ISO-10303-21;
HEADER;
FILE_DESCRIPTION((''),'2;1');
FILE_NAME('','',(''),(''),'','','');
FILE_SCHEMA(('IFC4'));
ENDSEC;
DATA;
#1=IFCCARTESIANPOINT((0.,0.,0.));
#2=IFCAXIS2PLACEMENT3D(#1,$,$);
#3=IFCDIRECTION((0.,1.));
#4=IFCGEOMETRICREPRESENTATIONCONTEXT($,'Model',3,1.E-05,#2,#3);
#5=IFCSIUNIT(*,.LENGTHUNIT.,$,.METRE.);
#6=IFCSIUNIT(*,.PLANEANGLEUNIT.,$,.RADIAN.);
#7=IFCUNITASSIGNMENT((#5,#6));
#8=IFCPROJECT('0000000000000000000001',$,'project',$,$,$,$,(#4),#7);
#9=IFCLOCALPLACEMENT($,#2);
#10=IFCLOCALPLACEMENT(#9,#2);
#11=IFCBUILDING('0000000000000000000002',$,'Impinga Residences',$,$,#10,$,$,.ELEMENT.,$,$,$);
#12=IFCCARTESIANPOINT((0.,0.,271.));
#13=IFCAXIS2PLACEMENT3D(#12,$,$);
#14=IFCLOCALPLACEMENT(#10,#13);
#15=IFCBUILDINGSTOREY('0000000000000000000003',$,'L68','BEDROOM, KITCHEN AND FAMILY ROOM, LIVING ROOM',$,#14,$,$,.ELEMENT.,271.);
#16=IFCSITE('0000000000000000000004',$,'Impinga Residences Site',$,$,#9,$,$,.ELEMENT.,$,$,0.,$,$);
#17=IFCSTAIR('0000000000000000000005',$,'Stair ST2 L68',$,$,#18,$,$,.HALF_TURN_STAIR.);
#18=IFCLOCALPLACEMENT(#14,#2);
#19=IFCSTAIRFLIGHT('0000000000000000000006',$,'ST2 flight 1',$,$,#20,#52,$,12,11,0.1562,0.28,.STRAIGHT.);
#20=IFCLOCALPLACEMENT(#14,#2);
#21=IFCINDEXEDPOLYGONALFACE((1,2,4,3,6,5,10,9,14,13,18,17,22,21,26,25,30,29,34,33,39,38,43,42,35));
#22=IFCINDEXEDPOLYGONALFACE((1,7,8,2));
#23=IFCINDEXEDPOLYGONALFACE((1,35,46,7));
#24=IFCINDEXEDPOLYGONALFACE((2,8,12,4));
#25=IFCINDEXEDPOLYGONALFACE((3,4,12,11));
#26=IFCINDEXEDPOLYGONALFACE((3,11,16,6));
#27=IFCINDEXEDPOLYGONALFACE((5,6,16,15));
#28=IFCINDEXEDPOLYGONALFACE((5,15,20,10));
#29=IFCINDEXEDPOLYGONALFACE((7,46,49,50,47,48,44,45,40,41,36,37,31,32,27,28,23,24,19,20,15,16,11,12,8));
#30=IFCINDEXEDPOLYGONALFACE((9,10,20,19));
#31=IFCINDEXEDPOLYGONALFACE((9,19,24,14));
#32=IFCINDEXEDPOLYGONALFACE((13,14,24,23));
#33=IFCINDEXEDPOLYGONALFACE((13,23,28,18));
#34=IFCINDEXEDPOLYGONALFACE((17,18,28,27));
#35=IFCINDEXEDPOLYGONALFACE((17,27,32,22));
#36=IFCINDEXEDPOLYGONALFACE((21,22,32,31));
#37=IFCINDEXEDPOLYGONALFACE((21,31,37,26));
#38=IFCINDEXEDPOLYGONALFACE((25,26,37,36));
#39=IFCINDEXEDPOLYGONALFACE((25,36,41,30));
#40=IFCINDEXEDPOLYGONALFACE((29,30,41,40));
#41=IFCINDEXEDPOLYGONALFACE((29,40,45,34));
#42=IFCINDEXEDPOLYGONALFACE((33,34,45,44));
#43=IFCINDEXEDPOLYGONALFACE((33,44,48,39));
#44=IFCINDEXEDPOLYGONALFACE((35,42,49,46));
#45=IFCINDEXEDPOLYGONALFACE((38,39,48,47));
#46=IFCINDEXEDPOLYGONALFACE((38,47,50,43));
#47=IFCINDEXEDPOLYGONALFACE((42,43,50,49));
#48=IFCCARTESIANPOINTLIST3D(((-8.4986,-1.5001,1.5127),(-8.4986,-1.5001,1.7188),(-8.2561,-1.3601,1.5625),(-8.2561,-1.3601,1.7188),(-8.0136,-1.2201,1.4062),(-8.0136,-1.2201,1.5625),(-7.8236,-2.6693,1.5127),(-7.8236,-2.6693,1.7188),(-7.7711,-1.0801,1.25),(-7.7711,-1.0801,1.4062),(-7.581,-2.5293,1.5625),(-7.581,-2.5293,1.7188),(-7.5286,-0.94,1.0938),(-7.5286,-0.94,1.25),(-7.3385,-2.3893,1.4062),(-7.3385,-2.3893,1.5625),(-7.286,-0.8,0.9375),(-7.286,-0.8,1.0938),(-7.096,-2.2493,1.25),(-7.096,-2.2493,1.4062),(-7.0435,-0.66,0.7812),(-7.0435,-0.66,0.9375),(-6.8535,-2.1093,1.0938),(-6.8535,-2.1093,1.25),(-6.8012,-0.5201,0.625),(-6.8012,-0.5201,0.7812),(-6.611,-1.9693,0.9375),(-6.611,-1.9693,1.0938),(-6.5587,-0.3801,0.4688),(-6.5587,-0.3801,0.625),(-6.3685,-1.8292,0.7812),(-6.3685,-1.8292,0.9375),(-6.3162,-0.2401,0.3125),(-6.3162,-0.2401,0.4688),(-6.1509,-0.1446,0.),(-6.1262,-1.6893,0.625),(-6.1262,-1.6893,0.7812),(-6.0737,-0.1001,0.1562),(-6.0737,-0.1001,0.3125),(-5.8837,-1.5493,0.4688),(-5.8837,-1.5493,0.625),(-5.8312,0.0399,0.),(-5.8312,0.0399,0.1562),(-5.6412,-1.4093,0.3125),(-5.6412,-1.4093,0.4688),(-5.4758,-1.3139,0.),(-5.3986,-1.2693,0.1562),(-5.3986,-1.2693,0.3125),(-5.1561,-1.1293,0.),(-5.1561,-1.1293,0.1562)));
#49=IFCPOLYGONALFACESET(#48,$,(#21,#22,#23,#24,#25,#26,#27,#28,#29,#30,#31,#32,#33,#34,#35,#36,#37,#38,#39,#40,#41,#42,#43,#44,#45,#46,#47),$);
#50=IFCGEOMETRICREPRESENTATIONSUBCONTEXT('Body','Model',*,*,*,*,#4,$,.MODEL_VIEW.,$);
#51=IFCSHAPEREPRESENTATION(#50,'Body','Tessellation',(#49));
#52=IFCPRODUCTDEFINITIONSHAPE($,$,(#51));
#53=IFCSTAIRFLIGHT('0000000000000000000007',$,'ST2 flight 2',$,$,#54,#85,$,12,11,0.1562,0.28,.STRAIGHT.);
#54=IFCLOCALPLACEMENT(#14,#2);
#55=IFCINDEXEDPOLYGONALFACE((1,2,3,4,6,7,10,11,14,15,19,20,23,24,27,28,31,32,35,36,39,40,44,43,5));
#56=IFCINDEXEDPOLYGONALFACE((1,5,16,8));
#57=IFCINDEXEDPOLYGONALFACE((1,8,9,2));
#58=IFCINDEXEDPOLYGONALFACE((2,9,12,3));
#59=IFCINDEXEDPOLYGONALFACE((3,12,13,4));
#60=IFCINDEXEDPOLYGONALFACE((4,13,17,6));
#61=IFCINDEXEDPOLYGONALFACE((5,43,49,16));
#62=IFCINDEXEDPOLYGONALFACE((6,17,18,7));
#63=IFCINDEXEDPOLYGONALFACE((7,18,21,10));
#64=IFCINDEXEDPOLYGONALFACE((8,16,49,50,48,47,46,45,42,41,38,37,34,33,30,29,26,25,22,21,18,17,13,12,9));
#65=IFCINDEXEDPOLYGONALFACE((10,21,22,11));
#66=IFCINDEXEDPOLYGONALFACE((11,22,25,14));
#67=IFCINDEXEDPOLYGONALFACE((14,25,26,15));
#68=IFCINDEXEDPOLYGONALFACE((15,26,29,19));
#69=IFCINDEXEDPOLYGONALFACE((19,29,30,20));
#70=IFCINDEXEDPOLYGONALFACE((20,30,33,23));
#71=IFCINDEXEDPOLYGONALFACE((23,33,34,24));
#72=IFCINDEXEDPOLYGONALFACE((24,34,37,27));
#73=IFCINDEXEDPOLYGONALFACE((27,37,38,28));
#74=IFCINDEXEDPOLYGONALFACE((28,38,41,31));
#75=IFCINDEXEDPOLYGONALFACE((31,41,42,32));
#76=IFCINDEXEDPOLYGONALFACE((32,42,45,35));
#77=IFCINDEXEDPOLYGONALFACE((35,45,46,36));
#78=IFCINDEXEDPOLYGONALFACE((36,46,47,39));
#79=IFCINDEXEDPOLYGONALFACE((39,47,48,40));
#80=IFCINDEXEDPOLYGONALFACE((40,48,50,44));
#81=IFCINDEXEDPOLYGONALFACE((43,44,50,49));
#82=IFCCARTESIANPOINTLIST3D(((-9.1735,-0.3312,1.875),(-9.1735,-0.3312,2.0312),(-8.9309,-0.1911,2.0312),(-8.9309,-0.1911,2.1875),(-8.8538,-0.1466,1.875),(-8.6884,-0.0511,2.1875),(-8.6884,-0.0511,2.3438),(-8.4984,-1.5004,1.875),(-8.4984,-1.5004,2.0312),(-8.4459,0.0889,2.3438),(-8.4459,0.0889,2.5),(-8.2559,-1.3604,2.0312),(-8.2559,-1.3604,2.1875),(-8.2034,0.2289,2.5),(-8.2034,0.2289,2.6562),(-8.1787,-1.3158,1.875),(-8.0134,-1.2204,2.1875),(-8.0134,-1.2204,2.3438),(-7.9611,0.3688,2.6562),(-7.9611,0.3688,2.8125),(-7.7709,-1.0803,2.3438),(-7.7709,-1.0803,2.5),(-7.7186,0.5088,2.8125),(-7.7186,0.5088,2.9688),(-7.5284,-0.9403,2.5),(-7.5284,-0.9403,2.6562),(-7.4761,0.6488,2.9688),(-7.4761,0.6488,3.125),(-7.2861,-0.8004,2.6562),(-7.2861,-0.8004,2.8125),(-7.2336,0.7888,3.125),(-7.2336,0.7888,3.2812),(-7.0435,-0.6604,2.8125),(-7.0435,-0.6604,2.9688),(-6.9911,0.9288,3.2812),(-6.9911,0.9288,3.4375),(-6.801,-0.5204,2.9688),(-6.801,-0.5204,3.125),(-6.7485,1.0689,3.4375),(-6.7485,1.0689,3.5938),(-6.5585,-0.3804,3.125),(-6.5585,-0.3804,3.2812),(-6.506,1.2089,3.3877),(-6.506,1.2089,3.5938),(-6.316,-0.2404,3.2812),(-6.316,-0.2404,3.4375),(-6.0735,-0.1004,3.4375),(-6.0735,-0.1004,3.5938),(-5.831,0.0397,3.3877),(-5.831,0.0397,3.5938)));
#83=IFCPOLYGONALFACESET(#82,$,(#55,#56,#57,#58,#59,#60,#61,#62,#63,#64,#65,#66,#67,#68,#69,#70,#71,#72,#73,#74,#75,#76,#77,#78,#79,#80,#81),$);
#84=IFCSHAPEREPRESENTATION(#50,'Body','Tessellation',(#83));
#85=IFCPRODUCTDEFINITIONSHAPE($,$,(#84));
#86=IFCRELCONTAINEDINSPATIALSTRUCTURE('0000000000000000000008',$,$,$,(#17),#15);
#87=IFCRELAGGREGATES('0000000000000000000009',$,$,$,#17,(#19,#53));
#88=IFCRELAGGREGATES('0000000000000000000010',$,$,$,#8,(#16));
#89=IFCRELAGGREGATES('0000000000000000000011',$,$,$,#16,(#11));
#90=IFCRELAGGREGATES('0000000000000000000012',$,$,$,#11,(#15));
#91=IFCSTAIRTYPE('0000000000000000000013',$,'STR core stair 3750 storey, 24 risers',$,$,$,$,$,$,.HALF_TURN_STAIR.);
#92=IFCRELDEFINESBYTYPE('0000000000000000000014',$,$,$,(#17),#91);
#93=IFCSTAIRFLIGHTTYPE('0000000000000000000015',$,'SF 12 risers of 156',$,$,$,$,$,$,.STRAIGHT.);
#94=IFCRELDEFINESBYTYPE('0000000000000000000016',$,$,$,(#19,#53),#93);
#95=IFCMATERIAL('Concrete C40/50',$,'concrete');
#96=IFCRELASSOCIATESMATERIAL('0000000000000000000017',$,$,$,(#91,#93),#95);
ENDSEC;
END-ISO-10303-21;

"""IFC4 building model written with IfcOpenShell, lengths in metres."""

from ifc_helpers import new_model, si_unit, direction, frame, origin, place, context, subcontext, project, spatial, polyline, outline, extrude, material, type_object, element, aggregate, save


model = new_model("IFC4")

# Units and contexts
model_context = context("Model", 3, precision=1e-05, world=origin(), true_north=direction((0.0, 1.0)))
body_context = subcontext(model_context, "Body", "Model", "MODEL_VIEW")
ifc_project = project(units=[si_unit("LENGTHUNIT", "METRE"), si_unit("PLANEANGLEUNIT", "RADIAN")], contexts=[model_context])

# Site, building, storey
site_placement = place(None, origin())
site = spatial("IfcSite", under=ifc_project, at=site_placement, Name="Impinga Residences Site", CompositionType="ELEMENT", RefElevation=0.0)
building_placement = place(site_placement, origin())
building = spatial("IfcBuilding", under=site, at=building_placement, Name="Impinga Residences", CompositionType="ELEMENT")
storey_placement = place(building_placement, frame((0.0, 0.0, 271.0)))
storey = spatial("IfcBuildingStorey", under=building, at=storey_placement, Name="L68", Description="BEDROOM, KITCHEN AND FAMILY ROOM, LIVING ROOM", CompositionType="ELEMENT", Elevation=271.0)

# Stair, stair flights
ifc_material_1 = material(Name="Concrete C40/50", Category="concrete")
stair_type = type_object("IfcStairType", Name="STR core stair 3750 storey, 24 risers", PredefinedType="HALF_TURN_STAIR", material=ifc_material_1)
stair_placement = place(storey_placement, origin())
stair = element("IfcStair", 1, at=stair_placement, inside=storey, type_object=stair_type, Name="Stair ST2 L68", PredefinedType="HALF_TURN_STAIR")
stair_flight_type = type_object("IfcStairFlightType", Name="SF 12 risers of 156", PredefinedType="STRAIGHT", material=ifc_material_1)
stair_flight_1_placement = place(storey_placement, frame((-5.4937, -0.5447, 0.0), z_axis=(0.0, 0.0, 1.0), x_axis=(-0.866025, -0.5, 0.0)))
stair_flight_1 = element("IfcStairFlight", 2, at=stair_flight_1_placement, type_object=stair_flight_type, Name="ST2 flight 1", NumberOfRisers=12, NumberOfTreads=11, PredefinedType="STRAIGHT", RiserHeight=0.1562, TreadLength=0.28, context=body_context, shape_type="SweptSolid", body=[
    extrude(outline(polyline([(0.0, 0.0), (0.0, 0.1562), (0.28, 0.1562), (0.28, 0.3125), (0.5601, 0.3125), (0.5601, 0.4688), (0.8401, 0.4688), (0.8401, 0.625), (1.1201, 0.625), (1.1201, 0.7812), (1.3999, 0.7812), (1.3999, 0.9375), (1.6799, 0.9375), (1.6799, 1.0938), (1.96, 1.0938), (1.96, 1.25), (2.24, 1.25), (2.24, 1.4062), (2.52, 1.4062), (2.52, 1.5625), (2.8, 1.5625), (2.8, 1.7188), (3.0801, 1.7188), (3.0801, 1.875), (3.0801, 1.5127), (0.3691, 0.0), (0.0, 0.0)])), frame((0.0, 0.675, 0.0), z_axis=(0.0, -1.0, 0.0), x_axis=(1.0, 0.0, 0.0)), (0.0, 0.0, 1.0), 1.3501),
])
stair_flight_2_placement = place(storey_placement, frame((-8.8359, -0.9158, 1.875), z_axis=(0.0, 0.0, 1.0), x_axis=(0.866025, 0.5, 0.0)))
stair_flight_2 = element("IfcStairFlight", 3, at=stair_flight_2_placement, type_object=stair_flight_type, Name="ST2 flight 2", NumberOfRisers=12, NumberOfTreads=11, PredefinedType="STRAIGHT", RiserHeight=0.1562, TreadLength=0.28, context=body_context, shape_type="SweptSolid", body=[
    extrude(outline(polyline([(0.0, 0.0), (0.0, 0.1562), (0.28, 0.1562), (0.28, 0.3125), (0.5601, 0.3125), (0.5601, 0.4688), (0.8401, 0.4688), (0.8401, 0.625), (1.1201, 0.625), (1.1201, 0.7812), (1.3999, 0.7812), (1.3999, 0.9375), (1.6799, 0.9375), (1.6799, 1.0938), (1.96, 1.0938), (1.96, 1.25), (2.24, 1.25), (2.24, 1.4062), (2.52, 1.4062), (2.52, 1.5625), (2.8, 1.5625), (2.8, 1.7188), (3.0801, 1.7188), (3.0801, 1.875), (3.0801, 1.5127), (0.3691, 0.0), (0.0, 0.0)])), frame((0.0, 0.675, 0.0), z_axis=(0.0, -1.0, 0.0), x_axis=(1.0, 0.0, 0.0)), (0.0, 0.0, 1.0), 1.3501),
])
aggregate(stair, [stair_flight_1, stair_flight_2])

save(model, "model.ifc")
